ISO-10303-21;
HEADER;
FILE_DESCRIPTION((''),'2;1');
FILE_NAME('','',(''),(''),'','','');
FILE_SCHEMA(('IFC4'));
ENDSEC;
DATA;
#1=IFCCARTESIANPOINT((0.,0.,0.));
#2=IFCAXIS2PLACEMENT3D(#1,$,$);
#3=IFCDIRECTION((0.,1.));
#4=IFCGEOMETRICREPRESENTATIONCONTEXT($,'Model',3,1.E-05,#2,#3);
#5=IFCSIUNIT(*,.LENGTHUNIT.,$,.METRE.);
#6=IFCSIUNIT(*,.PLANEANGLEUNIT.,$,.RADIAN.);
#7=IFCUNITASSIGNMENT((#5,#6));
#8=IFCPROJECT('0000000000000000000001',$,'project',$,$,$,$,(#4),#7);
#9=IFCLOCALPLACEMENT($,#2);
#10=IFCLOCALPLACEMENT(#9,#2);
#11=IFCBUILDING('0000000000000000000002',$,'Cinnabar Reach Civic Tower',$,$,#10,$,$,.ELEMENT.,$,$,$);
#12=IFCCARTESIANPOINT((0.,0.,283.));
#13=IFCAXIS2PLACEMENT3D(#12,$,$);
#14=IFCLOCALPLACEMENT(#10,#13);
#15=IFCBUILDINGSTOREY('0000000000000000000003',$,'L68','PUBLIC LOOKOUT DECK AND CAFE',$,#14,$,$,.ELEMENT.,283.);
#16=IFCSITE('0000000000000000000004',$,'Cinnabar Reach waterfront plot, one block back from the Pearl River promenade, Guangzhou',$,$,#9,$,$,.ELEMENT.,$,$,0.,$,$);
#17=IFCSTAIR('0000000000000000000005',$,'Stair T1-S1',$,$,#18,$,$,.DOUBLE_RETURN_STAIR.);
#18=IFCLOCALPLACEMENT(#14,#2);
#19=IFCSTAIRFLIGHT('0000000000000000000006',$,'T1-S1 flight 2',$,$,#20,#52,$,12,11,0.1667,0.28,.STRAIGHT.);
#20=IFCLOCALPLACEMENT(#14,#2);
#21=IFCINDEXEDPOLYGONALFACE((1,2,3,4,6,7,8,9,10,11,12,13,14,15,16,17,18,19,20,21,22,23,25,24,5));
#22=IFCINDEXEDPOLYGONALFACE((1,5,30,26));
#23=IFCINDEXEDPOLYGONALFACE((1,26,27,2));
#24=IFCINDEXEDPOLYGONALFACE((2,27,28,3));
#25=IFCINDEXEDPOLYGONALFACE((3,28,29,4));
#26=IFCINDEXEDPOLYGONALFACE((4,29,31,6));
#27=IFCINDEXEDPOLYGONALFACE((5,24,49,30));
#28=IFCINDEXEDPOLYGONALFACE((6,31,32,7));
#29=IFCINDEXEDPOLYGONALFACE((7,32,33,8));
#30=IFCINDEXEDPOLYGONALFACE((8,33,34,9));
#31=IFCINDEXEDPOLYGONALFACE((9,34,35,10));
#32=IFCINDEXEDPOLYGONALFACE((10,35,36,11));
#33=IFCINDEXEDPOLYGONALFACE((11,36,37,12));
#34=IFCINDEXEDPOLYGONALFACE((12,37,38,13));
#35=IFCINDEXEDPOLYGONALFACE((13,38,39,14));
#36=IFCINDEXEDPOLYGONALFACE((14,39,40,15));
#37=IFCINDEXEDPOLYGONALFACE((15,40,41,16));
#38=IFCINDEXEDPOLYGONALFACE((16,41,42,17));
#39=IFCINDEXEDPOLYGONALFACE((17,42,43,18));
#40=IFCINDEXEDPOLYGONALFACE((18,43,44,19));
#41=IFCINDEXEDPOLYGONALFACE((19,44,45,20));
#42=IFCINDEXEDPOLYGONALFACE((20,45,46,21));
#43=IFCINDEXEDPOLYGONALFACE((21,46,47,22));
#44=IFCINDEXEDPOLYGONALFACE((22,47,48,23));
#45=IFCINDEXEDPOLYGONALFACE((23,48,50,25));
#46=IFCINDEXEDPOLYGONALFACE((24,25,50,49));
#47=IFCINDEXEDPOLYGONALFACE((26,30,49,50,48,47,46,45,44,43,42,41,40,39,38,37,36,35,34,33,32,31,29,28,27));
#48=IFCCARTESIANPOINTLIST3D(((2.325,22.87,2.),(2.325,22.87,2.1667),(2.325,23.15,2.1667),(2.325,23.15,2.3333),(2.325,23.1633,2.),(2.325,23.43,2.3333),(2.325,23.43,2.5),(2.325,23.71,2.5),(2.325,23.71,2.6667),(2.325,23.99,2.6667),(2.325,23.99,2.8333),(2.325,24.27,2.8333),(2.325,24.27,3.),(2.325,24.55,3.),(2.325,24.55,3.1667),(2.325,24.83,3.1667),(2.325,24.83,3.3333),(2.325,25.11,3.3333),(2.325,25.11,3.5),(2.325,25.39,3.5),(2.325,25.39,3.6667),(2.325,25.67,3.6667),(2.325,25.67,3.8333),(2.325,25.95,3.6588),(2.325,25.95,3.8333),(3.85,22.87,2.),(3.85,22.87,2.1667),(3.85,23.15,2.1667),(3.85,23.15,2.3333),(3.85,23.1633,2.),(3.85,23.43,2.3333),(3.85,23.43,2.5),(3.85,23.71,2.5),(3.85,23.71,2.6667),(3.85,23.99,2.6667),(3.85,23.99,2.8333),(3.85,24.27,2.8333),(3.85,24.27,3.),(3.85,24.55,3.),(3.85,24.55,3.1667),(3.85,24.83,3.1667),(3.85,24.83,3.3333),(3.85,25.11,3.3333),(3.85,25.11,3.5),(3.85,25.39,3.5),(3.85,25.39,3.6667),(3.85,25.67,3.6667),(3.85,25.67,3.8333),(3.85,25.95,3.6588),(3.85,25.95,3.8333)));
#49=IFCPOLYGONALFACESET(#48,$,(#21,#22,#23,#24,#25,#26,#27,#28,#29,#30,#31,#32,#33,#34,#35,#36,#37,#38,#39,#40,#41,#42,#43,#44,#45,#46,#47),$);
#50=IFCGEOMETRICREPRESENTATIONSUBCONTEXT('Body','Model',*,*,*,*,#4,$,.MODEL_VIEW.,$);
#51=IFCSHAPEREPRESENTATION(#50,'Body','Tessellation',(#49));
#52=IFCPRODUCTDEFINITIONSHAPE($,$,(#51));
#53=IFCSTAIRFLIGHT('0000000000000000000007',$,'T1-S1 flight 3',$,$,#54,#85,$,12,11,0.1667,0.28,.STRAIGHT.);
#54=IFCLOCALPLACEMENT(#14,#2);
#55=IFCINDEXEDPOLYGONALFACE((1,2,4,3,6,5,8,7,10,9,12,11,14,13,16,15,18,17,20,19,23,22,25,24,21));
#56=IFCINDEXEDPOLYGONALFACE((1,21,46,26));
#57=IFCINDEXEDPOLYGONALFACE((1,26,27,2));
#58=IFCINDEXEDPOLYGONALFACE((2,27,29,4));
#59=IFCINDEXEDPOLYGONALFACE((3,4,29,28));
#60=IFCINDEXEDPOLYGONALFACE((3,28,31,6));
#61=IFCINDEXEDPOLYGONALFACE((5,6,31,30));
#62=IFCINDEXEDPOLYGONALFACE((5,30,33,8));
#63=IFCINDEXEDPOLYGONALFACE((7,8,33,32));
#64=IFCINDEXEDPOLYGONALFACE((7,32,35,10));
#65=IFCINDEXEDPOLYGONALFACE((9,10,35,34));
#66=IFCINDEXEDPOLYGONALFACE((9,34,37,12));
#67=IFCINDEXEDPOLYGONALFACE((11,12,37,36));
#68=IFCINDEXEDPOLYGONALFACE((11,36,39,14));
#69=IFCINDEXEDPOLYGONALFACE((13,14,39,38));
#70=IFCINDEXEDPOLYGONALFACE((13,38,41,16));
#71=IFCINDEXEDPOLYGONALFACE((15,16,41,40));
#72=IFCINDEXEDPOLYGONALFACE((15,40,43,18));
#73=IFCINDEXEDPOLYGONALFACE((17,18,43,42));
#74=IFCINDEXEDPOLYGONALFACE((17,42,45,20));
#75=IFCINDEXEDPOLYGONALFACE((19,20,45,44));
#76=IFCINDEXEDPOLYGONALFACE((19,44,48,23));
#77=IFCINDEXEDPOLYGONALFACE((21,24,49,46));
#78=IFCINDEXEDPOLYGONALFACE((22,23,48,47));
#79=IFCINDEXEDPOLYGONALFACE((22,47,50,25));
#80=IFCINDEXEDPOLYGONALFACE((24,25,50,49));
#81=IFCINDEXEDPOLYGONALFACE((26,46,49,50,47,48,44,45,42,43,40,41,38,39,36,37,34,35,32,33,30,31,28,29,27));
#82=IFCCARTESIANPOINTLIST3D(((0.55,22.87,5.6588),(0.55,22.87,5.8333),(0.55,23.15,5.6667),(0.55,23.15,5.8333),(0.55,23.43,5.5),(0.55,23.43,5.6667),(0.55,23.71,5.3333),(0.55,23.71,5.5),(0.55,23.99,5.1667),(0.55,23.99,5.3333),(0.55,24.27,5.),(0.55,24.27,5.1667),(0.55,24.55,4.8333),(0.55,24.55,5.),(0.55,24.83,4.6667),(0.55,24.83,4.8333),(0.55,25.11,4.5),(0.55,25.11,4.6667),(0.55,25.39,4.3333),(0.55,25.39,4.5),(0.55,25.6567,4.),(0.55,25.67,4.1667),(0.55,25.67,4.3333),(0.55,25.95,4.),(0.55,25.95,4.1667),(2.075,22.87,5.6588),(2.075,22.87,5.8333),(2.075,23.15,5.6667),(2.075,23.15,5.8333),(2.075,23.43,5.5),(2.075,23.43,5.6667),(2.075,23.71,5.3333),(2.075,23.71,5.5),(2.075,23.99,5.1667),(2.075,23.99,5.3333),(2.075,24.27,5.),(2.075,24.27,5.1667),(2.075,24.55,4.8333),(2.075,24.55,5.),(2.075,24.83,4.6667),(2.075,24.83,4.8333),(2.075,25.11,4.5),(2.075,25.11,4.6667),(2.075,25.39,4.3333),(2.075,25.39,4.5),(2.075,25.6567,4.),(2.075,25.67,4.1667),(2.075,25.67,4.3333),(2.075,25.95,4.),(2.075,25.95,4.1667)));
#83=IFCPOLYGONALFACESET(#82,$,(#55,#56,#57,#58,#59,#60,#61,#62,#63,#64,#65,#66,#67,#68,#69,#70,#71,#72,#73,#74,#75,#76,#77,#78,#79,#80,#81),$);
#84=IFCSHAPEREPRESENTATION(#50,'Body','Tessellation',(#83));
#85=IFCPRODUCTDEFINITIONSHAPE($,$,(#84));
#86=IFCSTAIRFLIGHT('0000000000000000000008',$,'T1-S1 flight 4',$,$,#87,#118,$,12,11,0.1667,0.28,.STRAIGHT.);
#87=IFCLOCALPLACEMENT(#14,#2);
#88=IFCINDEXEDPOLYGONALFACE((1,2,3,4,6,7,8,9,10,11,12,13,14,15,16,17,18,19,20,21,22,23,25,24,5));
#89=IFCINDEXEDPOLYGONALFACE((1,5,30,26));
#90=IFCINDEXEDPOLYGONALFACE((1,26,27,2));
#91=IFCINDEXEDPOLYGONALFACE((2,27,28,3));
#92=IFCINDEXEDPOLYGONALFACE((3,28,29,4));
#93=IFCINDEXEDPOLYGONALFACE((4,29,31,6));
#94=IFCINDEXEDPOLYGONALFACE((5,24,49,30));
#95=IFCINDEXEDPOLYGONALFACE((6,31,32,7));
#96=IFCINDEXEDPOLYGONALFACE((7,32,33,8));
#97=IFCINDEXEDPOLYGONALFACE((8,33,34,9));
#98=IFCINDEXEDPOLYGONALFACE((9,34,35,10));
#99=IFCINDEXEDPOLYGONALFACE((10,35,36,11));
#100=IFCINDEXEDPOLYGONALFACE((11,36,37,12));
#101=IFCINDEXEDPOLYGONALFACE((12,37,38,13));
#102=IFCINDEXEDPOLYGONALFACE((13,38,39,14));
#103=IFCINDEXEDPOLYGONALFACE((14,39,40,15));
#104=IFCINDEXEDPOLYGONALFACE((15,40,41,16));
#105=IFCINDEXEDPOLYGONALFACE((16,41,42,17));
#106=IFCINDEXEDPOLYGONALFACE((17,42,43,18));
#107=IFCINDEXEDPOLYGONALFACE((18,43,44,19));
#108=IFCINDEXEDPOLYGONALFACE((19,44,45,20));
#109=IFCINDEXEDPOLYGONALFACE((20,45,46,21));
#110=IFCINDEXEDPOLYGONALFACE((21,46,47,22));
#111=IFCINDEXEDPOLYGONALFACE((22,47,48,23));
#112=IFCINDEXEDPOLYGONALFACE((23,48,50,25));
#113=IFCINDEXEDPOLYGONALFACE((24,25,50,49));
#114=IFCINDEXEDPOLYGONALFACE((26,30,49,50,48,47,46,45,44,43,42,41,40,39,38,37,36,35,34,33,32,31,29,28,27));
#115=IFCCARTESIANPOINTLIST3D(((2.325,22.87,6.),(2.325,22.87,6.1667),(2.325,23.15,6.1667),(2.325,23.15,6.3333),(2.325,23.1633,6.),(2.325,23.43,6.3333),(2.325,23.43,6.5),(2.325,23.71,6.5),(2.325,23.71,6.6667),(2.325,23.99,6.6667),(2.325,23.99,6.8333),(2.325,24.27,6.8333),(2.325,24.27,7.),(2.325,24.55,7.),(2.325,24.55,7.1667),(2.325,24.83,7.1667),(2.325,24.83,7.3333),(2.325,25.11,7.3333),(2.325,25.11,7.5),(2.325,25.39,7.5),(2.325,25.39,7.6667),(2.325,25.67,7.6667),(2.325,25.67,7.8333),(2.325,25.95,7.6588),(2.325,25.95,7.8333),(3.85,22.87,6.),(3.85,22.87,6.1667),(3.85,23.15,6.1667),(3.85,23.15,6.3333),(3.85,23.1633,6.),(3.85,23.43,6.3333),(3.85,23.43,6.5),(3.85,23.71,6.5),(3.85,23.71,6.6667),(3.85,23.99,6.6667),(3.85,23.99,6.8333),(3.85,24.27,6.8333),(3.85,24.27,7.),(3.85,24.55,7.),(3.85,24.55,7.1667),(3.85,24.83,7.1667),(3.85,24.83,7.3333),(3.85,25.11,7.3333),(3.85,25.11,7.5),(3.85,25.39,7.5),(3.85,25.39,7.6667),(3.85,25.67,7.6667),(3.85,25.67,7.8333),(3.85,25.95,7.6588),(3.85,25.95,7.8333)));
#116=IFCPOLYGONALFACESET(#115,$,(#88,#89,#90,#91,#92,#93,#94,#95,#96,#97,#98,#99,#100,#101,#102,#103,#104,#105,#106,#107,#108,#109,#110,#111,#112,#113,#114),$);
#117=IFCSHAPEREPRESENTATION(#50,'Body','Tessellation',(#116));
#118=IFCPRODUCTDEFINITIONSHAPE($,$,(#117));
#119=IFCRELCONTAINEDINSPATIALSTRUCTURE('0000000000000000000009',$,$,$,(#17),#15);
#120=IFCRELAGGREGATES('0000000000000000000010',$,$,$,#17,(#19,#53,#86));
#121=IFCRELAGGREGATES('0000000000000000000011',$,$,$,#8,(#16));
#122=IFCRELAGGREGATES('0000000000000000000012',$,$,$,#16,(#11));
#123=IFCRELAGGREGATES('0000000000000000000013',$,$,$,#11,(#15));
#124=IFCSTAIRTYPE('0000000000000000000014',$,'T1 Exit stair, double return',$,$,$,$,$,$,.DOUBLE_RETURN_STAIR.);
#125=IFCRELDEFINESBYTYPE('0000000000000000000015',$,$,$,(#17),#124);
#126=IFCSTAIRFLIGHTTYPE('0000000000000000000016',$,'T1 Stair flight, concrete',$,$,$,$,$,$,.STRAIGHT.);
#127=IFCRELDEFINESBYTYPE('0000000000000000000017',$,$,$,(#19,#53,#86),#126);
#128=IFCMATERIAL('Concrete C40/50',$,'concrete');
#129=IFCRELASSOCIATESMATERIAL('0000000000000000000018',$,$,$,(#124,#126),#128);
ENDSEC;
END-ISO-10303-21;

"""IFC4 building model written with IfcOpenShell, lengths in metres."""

from ifc_helpers import new_model, si_unit, direction, frame, origin, place, context, subcontext, project, spatial, polyline, outline, extrude, material, type_object, element, aggregate, save


model = new_model("IFC4")

# Units and contexts
model_context = context("Model", 3, precision=1e-05, world=origin(), true_north=direction((0.0, 1.0)))
body_context = subcontext(model_context, "Body", "Model", "MODEL_VIEW")
ifc_project = project(units=[si_unit("LENGTHUNIT", "METRE"), si_unit("PLANEANGLEUNIT", "RADIAN")], contexts=[model_context])

# Site, building, storey
site_placement = place(None, origin())
site = spatial("IfcSite", under=ifc_project, at=site_placement, Name="Cinnabar Reach waterfront plot, one block back from the Pearl River promenade, Guangzhou", CompositionType="ELEMENT", RefElevation=0.0)
building_placement = place(site_placement, origin())
building = spatial("IfcBuilding", under=site, at=building_placement, Name="Cinnabar Reach Civic Tower", CompositionType="ELEMENT")
storey_placement = place(building_placement, frame((0.0, 0.0, 283.0)))
storey = spatial("IfcBuildingStorey", under=building, at=storey_placement, Name="L68", Description="PUBLIC LOOKOUT DECK AND CAFE", CompositionType="ELEMENT", Elevation=283.0)

# Shared definitions
ifc_material_1 = material(Name="Concrete C40/50", Category="concrete")

# Stair, stair flights
stair_type = type_object("IfcStairType", Name="T1 Exit stair, double return", PredefinedType="DOUBLE_RETURN_STAIR", material=ifc_material_1)
stair_placement = place(storey_placement, origin())
stair = element("IfcStair", 1, at=stair_placement, inside=storey, type_object=stair_type, Name="Stair T1-S1", PredefinedType="DOUBLE_RETURN_STAIR")
stair_flight_type = type_object("IfcStairFlightType", Name="T1 Stair flight, concrete", PredefinedType="STRAIGHT", material=ifc_material_1)
stair_flight_1_placement = place(storey_placement, frame((3.0875, 22.87, 2.0), z_axis=(0.0, 0.0, 1.0), x_axis=(0.0, 1.0, 0.0)))
stair_flight_1 = element("IfcStairFlight", 2, at=stair_flight_1_placement, type_object=stair_flight_type, Name="T1-S1 flight 2", NumberOfRisers=12, NumberOfTreads=11, PredefinedType="STRAIGHT", RiserHeight=0.1667, TreadLength=0.28, context=body_context, shape_type="SweptSolid", body=[
    extrude(outline(polyline([(0.0, 0.0), (0.0, 0.1667), (0.28, 0.1667), (0.28, 0.3333), (0.56, 0.3333), (0.56, 0.5), (0.84, 0.5), (0.84, 0.6667), (1.12, 0.6667), (1.12, 0.8333), (1.4, 0.8333), (1.4, 1.0), (1.68, 1.0), (1.68, 1.1667), (1.96, 1.1667), (1.96, 1.3333), (2.24, 1.3333), (2.24, 1.5), (2.52, 1.5), (2.52, 1.6667), (2.8, 1.6667), (2.8, 1.8333), (3.08, 1.8333), (3.08, 2.0), (3.08, 1.6588), (0.2933, 0.0), (0.0, 0.0)])), frame((0.0, 0.7625, 0.0), z_axis=(0.0, -1.0, 0.0), x_axis=(1.0, 0.0, 0.0)), (0.0, 0.0, 1.0), 1.525),
])
stair_flight_2_placement = place(storey_placement, frame((1.3125, 25.95, 4.0), z_axis=(0.0, 0.0, 1.0), x_axis=(0.0, -1.0, 0.0)))
stair_flight_2 = element("IfcStairFlight", 3, at=stair_flight_2_placement, type_object=stair_flight_type, Name="T1-S1 flight 3", NumberOfRisers=12, NumberOfTreads=11, PredefinedType="STRAIGHT", RiserHeight=0.1667, TreadLength=0.28, context=body_context, shape_type="SweptSolid", body=[
    extrude(outline(polyline([(0.0, 0.0), (0.0, 0.1667), (0.28, 0.1667), (0.28, 0.3333), (0.56, 0.3333), (0.56, 0.5), (0.84, 0.5), (0.84, 0.6667), (1.12, 0.6667), (1.12, 0.8333), (1.4, 0.8333), (1.4, 1.0), (1.68, 1.0), (1.68, 1.1667), (1.96, 1.1667), (1.96, 1.3333), (2.24, 1.3333), (2.24, 1.5), (2.52, 1.5), (2.52, 1.6667), (2.8, 1.6667), (2.8, 1.8333), (3.08, 1.8333), (3.08, 2.0), (3.08, 1.6588), (0.2933, 0.0), (0.0, 0.0)])), frame((0.0, 0.7625, 0.0), z_axis=(0.0, -1.0, 0.0), x_axis=(1.0, 0.0, 0.0)), (0.0, 0.0, 1.0), 1.525),
])
stair_flight_3_placement = place(storey_placement, frame((3.0875, 22.87, 6.0), z_axis=(0.0, 0.0, 1.0), x_axis=(0.0, 1.0, 0.0)))
stair_flight_3 = element("IfcStairFlight", 4, at=stair_flight_3_placement, type_object=stair_flight_type, Name="T1-S1 flight 4", NumberOfRisers=12, NumberOfTreads=11, PredefinedType="STRAIGHT", RiserHeight=0.1667, TreadLength=0.28, context=body_context, shape_type="SweptSolid", body=[
    extrude(outline(polyline([(0.0, 0.0), (0.0, 0.1667), (0.28, 0.1667), (0.28, 0.3333), (0.56, 0.3333), (0.56, 0.5), (0.84, 0.5), (0.84, 0.6667), (1.12, 0.6667), (1.12, 0.8333), (1.4, 0.8333), (1.4, 1.0), (1.68, 1.0), (1.68, 1.1667), (1.96, 1.1667), (1.96, 1.3333), (2.24, 1.3333), (2.24, 1.5), (2.52, 1.5), (2.52, 1.6667), (2.8, 1.6667), (2.8, 1.8333), (3.08, 1.8333), (3.08, 2.0), (3.08, 1.6588), (0.2933, 0.0), (0.0, 0.0)])), frame((0.0, 0.7625, 0.0), z_axis=(0.0, -1.0, 0.0), x_axis=(1.0, 0.0, 0.0)), (0.0, 0.0, 1.0), 1.525),
])
aggregate(stair, [stair_flight_1, stair_flight_2, stair_flight_3])

save(model, "model.ifc")
